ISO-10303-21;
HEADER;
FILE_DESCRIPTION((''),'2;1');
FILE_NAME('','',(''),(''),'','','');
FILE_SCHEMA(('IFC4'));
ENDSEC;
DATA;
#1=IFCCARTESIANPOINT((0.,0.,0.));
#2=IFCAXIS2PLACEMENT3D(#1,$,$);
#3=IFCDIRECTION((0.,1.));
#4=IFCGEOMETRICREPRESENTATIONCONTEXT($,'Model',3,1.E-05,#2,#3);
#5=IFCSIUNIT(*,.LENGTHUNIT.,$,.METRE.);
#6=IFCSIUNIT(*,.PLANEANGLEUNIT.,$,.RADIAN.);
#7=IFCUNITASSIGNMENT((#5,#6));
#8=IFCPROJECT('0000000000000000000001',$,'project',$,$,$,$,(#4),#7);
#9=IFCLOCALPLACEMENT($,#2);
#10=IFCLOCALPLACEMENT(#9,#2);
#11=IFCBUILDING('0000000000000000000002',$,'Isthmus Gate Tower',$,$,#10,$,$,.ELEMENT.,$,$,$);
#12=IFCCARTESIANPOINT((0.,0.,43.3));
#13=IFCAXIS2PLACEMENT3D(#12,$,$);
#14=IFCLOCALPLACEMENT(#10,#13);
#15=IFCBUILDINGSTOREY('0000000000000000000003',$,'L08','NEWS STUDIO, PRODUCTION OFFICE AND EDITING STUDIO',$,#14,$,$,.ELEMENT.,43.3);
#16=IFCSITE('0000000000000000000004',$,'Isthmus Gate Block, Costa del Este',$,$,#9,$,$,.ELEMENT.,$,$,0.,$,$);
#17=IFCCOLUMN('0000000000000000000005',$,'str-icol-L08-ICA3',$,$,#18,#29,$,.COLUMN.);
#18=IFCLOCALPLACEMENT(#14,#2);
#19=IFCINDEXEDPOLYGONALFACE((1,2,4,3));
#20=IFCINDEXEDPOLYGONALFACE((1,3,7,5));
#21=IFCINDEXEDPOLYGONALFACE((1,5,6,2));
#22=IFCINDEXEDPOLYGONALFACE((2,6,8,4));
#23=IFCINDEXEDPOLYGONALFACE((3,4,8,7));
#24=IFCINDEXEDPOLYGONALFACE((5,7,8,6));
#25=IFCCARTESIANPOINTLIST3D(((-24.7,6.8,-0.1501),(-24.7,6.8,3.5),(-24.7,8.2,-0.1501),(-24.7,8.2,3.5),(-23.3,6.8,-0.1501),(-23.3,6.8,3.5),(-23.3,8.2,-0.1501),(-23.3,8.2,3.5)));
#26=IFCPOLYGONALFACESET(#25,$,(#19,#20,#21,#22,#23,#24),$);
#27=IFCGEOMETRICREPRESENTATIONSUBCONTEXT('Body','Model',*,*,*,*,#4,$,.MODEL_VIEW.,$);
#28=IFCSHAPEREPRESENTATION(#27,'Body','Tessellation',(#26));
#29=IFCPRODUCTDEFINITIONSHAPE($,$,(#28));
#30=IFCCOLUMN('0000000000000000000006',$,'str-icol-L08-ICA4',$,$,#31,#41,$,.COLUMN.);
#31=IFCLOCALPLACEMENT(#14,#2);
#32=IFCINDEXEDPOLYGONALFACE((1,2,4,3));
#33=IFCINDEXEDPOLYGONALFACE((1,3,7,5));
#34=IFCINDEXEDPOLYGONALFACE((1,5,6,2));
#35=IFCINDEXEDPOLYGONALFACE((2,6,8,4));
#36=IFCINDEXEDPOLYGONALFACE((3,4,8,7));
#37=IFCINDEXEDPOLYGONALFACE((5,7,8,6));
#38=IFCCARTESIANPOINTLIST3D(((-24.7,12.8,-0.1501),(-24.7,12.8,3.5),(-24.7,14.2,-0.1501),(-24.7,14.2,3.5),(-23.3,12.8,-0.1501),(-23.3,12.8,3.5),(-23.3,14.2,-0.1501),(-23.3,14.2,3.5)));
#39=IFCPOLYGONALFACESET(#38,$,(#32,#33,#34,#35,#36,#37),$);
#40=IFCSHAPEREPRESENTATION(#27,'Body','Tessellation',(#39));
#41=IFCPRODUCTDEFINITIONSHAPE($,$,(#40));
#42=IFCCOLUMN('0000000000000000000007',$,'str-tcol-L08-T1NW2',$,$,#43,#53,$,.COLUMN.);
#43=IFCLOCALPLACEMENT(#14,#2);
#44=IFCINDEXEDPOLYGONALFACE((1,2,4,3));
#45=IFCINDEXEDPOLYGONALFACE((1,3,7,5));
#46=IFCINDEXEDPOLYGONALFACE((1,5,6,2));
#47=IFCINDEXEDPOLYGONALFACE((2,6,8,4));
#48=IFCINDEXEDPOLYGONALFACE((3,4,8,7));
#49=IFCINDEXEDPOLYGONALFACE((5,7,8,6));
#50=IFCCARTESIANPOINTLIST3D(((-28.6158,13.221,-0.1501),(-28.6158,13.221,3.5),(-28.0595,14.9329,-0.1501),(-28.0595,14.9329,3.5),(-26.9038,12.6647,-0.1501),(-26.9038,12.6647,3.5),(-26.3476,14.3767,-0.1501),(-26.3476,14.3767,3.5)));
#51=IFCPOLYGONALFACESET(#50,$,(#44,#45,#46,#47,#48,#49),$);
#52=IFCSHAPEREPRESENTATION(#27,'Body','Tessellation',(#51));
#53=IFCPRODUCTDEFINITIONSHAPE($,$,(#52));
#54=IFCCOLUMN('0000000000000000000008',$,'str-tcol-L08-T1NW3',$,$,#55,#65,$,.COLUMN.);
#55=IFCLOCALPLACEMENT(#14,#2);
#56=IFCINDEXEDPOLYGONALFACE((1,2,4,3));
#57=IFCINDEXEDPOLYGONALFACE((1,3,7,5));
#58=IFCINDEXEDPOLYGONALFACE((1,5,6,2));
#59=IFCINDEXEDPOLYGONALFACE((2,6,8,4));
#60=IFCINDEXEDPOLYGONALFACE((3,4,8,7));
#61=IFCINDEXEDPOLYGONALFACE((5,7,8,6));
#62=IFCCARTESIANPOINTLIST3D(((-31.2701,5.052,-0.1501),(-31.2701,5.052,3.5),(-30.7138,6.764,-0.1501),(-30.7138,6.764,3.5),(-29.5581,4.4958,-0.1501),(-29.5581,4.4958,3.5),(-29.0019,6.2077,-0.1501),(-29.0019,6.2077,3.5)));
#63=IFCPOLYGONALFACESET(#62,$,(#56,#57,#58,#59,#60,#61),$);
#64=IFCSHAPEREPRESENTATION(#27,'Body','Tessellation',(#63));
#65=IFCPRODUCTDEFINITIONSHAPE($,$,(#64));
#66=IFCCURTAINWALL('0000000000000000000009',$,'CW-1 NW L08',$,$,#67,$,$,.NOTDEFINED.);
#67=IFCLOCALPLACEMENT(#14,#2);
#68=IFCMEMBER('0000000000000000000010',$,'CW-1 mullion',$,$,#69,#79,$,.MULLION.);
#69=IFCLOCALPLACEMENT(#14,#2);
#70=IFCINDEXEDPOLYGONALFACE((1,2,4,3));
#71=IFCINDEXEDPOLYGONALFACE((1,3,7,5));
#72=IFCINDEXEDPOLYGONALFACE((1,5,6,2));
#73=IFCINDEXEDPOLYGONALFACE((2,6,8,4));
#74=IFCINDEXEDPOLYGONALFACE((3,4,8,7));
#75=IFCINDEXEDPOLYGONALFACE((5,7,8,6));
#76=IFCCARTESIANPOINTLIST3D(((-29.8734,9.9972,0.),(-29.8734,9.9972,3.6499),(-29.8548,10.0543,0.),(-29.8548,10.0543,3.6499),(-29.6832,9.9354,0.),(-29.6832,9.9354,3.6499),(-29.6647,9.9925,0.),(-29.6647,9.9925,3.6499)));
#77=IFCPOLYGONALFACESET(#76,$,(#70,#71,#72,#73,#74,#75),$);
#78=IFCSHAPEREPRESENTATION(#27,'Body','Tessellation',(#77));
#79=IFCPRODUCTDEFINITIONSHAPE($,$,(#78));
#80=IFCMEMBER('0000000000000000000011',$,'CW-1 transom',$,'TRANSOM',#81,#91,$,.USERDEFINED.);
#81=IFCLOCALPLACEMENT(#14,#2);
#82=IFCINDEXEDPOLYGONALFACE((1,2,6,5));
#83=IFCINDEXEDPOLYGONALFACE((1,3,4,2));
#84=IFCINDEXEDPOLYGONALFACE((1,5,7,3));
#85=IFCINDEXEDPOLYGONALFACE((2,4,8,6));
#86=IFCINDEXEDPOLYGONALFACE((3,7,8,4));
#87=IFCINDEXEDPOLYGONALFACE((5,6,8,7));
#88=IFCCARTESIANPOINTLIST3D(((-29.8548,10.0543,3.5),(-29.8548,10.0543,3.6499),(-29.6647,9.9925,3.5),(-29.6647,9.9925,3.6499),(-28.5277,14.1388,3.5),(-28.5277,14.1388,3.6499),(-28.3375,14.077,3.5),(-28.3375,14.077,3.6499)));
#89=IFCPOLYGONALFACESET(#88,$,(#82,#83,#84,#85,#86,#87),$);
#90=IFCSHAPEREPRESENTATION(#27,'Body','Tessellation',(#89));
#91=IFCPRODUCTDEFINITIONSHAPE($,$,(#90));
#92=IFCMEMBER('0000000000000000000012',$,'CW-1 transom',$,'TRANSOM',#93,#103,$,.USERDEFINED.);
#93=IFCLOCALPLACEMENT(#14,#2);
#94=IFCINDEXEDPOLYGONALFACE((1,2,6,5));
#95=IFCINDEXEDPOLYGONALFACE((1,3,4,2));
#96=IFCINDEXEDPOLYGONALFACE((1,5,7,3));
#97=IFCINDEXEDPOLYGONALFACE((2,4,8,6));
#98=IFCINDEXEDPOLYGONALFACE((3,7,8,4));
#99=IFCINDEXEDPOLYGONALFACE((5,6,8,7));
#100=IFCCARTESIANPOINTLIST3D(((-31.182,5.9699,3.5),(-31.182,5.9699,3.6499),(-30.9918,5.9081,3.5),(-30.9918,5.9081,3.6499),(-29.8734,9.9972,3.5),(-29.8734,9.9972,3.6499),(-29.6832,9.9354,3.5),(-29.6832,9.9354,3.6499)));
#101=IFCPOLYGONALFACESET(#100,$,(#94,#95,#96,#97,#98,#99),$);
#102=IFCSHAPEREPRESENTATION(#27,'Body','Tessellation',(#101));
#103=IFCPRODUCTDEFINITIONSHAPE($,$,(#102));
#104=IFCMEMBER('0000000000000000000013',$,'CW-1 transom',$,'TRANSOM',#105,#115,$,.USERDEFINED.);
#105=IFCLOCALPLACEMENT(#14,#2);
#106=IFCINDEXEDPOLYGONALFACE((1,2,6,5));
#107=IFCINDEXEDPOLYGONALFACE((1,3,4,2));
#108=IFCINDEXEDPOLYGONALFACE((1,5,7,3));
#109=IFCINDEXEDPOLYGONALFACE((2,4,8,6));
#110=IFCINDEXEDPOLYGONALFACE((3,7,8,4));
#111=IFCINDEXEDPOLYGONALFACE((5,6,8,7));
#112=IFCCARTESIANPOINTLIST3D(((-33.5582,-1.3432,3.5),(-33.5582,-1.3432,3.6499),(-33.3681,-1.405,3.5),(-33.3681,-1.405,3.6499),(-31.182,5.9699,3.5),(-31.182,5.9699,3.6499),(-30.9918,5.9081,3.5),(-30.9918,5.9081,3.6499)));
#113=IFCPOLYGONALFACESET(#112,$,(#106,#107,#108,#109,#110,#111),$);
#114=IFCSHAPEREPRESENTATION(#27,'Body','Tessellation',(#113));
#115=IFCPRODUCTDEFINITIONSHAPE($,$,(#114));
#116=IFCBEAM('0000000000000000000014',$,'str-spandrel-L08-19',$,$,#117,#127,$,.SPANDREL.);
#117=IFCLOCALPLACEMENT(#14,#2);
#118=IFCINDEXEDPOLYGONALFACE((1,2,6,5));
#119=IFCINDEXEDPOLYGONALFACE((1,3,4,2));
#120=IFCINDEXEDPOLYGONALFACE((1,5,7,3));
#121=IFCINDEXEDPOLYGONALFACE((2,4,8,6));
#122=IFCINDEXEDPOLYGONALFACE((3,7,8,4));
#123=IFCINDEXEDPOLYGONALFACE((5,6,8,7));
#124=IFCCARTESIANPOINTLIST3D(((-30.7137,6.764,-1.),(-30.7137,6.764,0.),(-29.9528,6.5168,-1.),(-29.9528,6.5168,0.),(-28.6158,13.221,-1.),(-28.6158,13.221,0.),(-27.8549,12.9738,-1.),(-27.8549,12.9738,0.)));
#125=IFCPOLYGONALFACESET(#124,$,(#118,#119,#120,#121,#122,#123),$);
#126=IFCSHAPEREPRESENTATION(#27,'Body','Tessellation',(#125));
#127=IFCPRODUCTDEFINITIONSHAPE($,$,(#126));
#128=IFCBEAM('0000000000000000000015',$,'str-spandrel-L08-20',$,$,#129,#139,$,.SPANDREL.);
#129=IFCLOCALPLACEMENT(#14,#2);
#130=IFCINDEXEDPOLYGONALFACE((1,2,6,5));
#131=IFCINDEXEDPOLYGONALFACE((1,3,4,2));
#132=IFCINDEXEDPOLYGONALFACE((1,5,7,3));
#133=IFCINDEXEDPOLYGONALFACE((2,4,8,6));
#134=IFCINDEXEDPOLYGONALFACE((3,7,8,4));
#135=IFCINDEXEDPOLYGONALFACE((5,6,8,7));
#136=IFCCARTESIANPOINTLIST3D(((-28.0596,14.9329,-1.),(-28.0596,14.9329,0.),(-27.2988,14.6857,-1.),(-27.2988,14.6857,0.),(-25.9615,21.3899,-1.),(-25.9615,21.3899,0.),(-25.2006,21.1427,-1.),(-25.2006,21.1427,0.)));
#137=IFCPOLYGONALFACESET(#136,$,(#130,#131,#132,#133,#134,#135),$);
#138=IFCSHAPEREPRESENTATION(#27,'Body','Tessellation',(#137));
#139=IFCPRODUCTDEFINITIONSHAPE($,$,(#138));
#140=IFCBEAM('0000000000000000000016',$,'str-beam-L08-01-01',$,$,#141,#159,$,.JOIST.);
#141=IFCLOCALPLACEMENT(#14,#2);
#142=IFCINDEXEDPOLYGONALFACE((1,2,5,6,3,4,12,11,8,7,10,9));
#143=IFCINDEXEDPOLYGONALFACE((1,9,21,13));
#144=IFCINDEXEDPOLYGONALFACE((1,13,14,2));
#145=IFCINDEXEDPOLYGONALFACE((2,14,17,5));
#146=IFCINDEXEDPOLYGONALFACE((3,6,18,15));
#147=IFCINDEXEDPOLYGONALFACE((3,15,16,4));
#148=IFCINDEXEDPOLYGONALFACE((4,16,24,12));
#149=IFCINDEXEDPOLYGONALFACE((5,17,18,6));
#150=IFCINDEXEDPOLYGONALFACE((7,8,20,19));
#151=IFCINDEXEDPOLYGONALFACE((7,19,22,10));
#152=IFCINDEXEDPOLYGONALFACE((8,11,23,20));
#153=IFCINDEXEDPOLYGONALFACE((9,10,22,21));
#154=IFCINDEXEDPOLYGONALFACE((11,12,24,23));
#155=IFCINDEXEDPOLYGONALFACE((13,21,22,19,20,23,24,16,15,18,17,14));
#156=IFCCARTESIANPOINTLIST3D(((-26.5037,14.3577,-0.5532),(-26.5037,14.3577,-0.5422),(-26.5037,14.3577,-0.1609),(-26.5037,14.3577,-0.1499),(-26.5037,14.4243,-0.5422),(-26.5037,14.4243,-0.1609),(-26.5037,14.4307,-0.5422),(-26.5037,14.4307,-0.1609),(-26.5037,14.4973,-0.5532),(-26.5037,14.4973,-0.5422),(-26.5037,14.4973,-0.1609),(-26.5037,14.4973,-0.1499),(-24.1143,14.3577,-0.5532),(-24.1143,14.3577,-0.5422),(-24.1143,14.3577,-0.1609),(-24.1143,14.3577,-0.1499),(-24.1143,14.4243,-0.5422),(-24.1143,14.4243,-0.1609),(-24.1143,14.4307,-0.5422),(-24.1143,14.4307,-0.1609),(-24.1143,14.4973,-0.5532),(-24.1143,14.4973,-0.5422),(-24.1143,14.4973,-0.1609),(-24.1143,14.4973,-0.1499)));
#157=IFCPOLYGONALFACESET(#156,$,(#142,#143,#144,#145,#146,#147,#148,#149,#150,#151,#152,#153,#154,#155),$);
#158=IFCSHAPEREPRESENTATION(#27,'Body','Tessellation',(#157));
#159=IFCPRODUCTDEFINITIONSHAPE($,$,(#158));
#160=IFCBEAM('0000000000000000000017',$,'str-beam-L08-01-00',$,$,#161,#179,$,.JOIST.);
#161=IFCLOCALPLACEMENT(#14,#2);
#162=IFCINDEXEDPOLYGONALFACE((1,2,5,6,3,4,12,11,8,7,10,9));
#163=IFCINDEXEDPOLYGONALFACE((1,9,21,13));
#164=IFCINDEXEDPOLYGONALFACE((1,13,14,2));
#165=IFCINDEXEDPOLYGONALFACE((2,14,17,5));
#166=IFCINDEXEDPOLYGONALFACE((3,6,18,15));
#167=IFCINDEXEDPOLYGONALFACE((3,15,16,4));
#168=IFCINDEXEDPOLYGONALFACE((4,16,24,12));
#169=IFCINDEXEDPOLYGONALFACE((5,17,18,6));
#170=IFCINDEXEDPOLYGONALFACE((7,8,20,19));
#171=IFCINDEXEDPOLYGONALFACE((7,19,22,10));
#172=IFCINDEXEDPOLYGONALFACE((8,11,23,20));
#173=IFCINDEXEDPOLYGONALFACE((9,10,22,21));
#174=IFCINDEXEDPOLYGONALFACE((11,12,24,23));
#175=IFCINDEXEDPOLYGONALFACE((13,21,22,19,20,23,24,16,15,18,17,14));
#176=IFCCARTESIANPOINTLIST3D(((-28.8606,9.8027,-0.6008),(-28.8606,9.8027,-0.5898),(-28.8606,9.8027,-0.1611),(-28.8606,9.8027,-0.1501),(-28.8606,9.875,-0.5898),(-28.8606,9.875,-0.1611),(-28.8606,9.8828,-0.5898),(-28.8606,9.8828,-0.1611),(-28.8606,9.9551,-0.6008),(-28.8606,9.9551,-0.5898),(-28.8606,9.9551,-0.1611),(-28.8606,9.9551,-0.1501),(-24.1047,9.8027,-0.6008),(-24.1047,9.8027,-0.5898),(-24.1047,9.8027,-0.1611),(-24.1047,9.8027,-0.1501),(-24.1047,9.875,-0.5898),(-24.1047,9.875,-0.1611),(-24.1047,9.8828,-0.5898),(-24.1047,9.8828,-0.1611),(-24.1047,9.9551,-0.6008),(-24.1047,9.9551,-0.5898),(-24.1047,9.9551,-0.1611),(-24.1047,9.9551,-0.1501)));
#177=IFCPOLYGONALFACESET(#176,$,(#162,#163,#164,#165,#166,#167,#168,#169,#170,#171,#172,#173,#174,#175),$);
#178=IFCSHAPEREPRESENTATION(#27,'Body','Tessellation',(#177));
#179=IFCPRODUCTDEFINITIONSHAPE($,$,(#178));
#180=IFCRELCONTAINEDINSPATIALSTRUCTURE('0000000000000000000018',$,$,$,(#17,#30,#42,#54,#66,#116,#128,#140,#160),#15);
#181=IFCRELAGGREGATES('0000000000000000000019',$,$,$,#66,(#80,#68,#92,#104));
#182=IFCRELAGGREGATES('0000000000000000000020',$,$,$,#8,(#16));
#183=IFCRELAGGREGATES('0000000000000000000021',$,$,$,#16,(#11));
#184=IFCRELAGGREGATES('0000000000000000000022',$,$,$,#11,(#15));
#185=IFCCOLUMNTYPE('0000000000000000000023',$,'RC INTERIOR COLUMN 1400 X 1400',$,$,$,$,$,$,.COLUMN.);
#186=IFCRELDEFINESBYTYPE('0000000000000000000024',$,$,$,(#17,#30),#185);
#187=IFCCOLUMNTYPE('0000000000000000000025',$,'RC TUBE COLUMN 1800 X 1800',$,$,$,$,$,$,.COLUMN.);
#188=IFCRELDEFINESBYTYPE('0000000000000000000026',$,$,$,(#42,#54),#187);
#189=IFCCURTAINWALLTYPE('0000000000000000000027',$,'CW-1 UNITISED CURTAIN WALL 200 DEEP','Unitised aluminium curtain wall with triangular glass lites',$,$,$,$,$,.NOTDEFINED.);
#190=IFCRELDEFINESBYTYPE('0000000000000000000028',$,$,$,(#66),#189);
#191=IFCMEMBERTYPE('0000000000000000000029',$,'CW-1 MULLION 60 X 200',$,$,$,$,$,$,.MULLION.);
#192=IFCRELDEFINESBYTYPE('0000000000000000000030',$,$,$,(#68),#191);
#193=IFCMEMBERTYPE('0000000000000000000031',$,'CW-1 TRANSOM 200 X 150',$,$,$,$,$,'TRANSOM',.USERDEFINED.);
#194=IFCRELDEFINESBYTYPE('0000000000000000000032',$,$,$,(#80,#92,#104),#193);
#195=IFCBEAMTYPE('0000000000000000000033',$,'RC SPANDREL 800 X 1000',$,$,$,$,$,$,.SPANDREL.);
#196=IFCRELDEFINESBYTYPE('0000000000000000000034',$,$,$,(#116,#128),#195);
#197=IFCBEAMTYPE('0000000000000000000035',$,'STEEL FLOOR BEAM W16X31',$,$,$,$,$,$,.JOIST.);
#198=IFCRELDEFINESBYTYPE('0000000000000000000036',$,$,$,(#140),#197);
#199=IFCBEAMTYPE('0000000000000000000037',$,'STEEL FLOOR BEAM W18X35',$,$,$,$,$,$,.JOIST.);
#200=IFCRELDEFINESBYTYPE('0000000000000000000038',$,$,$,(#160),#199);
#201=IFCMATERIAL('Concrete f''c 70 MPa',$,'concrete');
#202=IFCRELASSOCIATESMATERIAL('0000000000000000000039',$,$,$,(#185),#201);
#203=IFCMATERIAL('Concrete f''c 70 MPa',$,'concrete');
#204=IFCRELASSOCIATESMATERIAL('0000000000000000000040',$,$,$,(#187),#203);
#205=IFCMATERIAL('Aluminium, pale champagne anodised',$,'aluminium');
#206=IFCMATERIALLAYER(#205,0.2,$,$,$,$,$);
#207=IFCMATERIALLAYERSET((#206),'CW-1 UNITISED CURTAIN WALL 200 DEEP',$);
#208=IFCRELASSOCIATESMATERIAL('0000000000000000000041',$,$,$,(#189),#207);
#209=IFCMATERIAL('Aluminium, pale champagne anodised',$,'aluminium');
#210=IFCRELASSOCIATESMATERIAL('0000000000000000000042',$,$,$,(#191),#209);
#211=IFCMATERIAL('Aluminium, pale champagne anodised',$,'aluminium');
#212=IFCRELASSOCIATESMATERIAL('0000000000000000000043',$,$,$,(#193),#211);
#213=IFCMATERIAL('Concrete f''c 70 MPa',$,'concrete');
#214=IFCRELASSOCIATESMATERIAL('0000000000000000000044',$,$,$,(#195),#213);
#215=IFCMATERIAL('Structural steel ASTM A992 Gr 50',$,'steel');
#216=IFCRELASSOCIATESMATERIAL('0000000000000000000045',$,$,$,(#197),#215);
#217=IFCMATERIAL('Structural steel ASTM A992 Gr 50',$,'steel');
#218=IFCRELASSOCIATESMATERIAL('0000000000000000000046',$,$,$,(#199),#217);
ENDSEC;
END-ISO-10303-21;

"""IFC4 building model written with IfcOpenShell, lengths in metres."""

from ifc_helpers import new_model, si_unit, direction, frame, origin, origin_2d, place, context, subcontext, project, spatial, rectangle, i_section, extrude, material, layer, layer_set, material_profile, profile_set, type_object, element, aggregate, save


model = new_model("IFC4")

# Units and contexts
model_context = context("Model", 3, precision=1e-05, world=origin(), true_north=direction((0.0, 1.0)))
body_context = subcontext(model_context, "Body", "Model", "MODEL_VIEW")
ifc_project = project(units=[si_unit("LENGTHUNIT", "METRE"), si_unit("PLANEANGLEUNIT", "RADIAN")], contexts=[model_context])

# Site, building, storey
site_placement = place(None, origin())
site = spatial("IfcSite", under=ifc_project, at=site_placement, Name="Isthmus Gate Block, Costa del Este", CompositionType="ELEMENT", RefElevation=0.0)
building_placement = place(site_placement, origin())
building = spatial("IfcBuilding", under=site, at=building_placement, Name="Isthmus Gate Tower", CompositionType="ELEMENT")
storey_placement = place(building_placement, frame((0.0, 0.0, 43.3)))
storey = spatial("IfcBuildingStorey", under=building, at=storey_placement, Name="L08", Description="NEWS STUDIO, PRODUCTION OFFICE AND EDITING STUDIO", CompositionType="ELEMENT", Elevation=43.3)

# Columns
ifc_material_1 = material(Name="Concrete f'c 70 MPa", Category="concrete")
ifc_material_profile_1 = material_profile(ifc_material_1, rectangle(XDim=1.3999, YDim=1.3999, at=origin_2d()), Name="RC 1400X1400")
ifc_profile_set_1 = profile_set([ifc_material_profile_1], Name="Concrete f'c 70 MPa")
column_type_1 = type_object("IfcColumnType", Name="RC INTERIOR COLUMN 1400 X 1400", PredefinedType="COLUMN", material=ifc_profile_set_1)
for number, where, z_axis, x_axis, name in (
    (1, (-24.0, 7.5, -0.1501), (0.0, 0.0, 1.0), (1.0, 0.0, 0.0), "str-icol-L08-ICA3"),
    (2, (-24.0, 13.5, -0.1501), (0.0, 0.0, 1.0), (1.0, 0.0, 0.0), "str-icol-L08-ICA4"),
):
    element("IfcColumn", number, at=place(storey_placement, frame(where, z_axis=z_axis, x_axis=x_axis)), inside=storey, type_object=column_type_1, Name=name, PredefinedType="COLUMN", context=body_context, shape_type="SweptSolid", body=[
        extrude(rectangle(XDim=1.3999, YDim=1.3999, at=origin_2d()), origin(), (0.0, 0.0, 1.0), 3.6501),
    ])
ifc_material_2 = material(Name="Concrete f'c 70 MPa", Category="concrete")
ifc_material_profile_2 = material_profile(ifc_material_2, rectangle(XDim=1.8, YDim=1.8, at=origin_2d()), Name="RC 1800X1800")
ifc_profile_set_2 = profile_set([ifc_material_profile_2], Name="Concrete f'c 70 MPa")
column_type_2 = type_object("IfcColumnType", Name="RC TUBE COLUMN 1800 X 1800", PredefinedType="COLUMN", material=ifc_profile_set_2)
for number, where, z_axis, x_axis, name in (
    (3, (-27.4817, 13.7988, -0.1501), (0.0, 0.0, 1.0), (-0.309017, -0.951057, 0.0), "str-tcol-L08-T1NW2"),
    (4, (-30.136, 5.6299, -0.1501), (0.0, 0.0, 1.0), (-0.309017, -0.951057, 0.0), "str-tcol-L08-T1NW3"),
):
    element("IfcColumn", number, at=place(storey_placement, frame(where, z_axis=z_axis, x_axis=x_axis)), inside=storey, type_object=column_type_2, Name=name, PredefinedType="COLUMN", context=body_context, shape_type="SweptSolid", body=[
        extrude(rectangle(XDim=1.8, YDim=1.8, at=origin_2d()), origin(), (0.0, 0.0, 1.0), 3.6501),
    ])

# Curtain wall, members
ifc_material_3 = material(Name="Aluminium, pale champagne anodised", Category="aluminium")
ifc_layer_1 = layer(ifc_material_3, 0.2)
ifc_layer_set_1 = layer_set([ifc_layer_1], Name="CW-1 UNITISED CURTAIN WALL 200 DEEP")
curtain_wall_type = type_object("IfcCurtainWallType", Name="CW-1 UNITISED CURTAIN WALL 200 DEEP", Description="Unitised aluminium curtain wall with triangular glass lites", PredefinedType="NOTDEFINED", material=ifc_layer_set_1)
curtain_wall_placement = place(storey_placement, origin())
curtain_wall = element("IfcCurtainWall", 5, at=curtain_wall_placement, inside=storey, type_object=curtain_wall_type, Name="CW-1 NW L08", PredefinedType="NOTDEFINED")
ifc_material_4 = material(Name="Aluminium, pale champagne anodised", Category="aluminium")
ifc_material_profile_3 = material_profile(ifc_material_4, rectangle(XDim=0.0601, YDim=0.2, at=origin_2d()), Name="60x200")
ifc_profile_set_3 = profile_set([ifc_material_profile_3], Name="Aluminium, pale champagne anodised")
member_type_1 = type_object("IfcMemberType", Name="CW-1 MULLION 60 X 200", PredefinedType="MULLION", material=ifc_profile_set_3)
member_1_placement = place(storey_placement, frame((-29.769, 9.9949, 0.0), z_axis=(0.0, 0.0, 1.0), x_axis=(-0.309017, -0.951057, 0.0)))
member_1 = element("IfcMember", 6, at=member_1_placement, type_object=member_type_1, Name="CW-1 mullion", PredefinedType="MULLION", context=body_context, shape_type="SweptSolid", body=[
    extrude(rectangle(XDim=0.0601, YDim=0.2, at=origin_2d()), origin(), (0.0, 0.0, 1.0), 3.6499),
])
ifc_material_5 = material(Name="Aluminium, pale champagne anodised", Category="aluminium")
ifc_material_profile_4 = material_profile(ifc_material_5, rectangle(XDim=0.2, YDim=0.1499, at=origin_2d()), Name="200x150")
ifc_profile_set_4 = profile_set([ifc_material_profile_4], Name="Aluminium, pale champagne anodised")
member_type_2 = type_object("IfcMemberType", Name="CW-1 TRANSOM 200 X 150", ElementType="TRANSOM", PredefinedType="USERDEFINED", material=ifc_profile_set_4)
member_2_placement = place(storey_placement, frame((-28.4326, 14.1079, 3.575), z_axis=(-0.309022, -0.951055, 0.0), x_axis=(0.951055, -0.309022, 0.0)))
member_2 = element("IfcMember", 7, at=member_2_placement, type_object=member_type_2, Name="CW-1 transom", ObjectType="TRANSOM", PredefinedType="USERDEFINED", context=body_context, shape_type="SweptSolid", body=[
    extrude(rectangle(XDim=0.2, YDim=0.1499, at=origin_2d()), origin(), (0.0, 0.0, 1.0), 4.2947),
])
member_3_placement = place(storey_placement, frame((-29.7783, 9.9663, 3.575), z_axis=(-0.309023, -0.951054, 0.0), x_axis=(0.951054, -0.309023, 0.0)))
member_3 = element("IfcMember", 8, at=member_3_placement, type_object=member_type_2, Name="CW-1 transom", ObjectType="TRANSOM", PredefinedType="USERDEFINED", context=body_context, shape_type="SweptSolid", body=[
    extrude(rectangle(XDim=0.2, YDim=0.1499, at=origin_2d()), origin(), (0.0, 0.0, 1.0), 4.2346),
])
member_4_placement = place(storey_placement, frame((-31.0869, 5.939, 3.575), z_axis=(-0.309027, -0.951053, 0.0), x_axis=(0.951053, -0.309027, 0.0)))
member_4 = element("IfcMember", 9, at=member_4_placement, type_object=member_type_2, Name="CW-1 transom", ObjectType="TRANSOM", PredefinedType="USERDEFINED", context=body_context, shape_type="SweptSolid", body=[
    extrude(rectangle(XDim=0.2, YDim=0.1499, at=origin_2d()), origin(), (0.0, 0.0, 1.0), 7.6895),
])

# Beams
ifc_material_6 = material(Name="Concrete f'c 70 MPa", Category="concrete")
ifc_material_profile_5 = material_profile(ifc_material_6, rectangle(XDim=0.8, YDim=1.0, at=origin_2d()), Name="RC 800X1000")
ifc_profile_set_5 = profile_set([ifc_material_profile_5], Name="Concrete f'c 70 MPa")
beam_type_1 = type_object("IfcBeamType", Name="RC SPANDREL 800 X 1000", PredefinedType="SPANDREL", material=ifc_profile_set_5)
for number, where, z_axis, x_axis, name in (
    (10, (-30.3333, 6.6404, -0.5), (0.309002, 0.951062, 0.0), (-0.951062, 0.309002, 0.0), "str-spandrel-L08-19"),
    (11, (-27.6792, 14.8093, -0.5), (0.309034, 0.951051, 0.0), (-0.951051, 0.309034, 0.0), "str-spandrel-L08-20"),
):
    element("IfcBeam", number, at=place(storey_placement, frame(where, z_axis=z_axis, x_axis=x_axis)), inside=storey, type_object=beam_type_1, Name=name, PredefinedType="SPANDREL", context=body_context, shape_type="SweptSolid", body=[
        extrude(rectangle(XDim=0.8, YDim=1.0, at=origin_2d()), origin(), (0.0, 0.0, 1.0), 6.7893),
    ])
ifc_material_7 = material(Name="Structural steel ASTM A992 Gr 50", Category="steel")
ifc_material_profile_6 = material_profile(ifc_material_7, i_section(OverallWidth=0.1396, OverallDepth=0.4033, WebThickness=0.0063, FlangeThickness=0.011, at=origin_2d()), Name="W16X31")
ifc_profile_set_6 = profile_set([ifc_material_profile_6], Name="Structural steel ASTM A992 Gr 50")
beam_type_2 = type_object("IfcBeamType", Name="STEEL FLOOR BEAM W16X31", PredefinedType="JOIST", material=ifc_profile_set_6)
beam_1_placement = place(storey_placement, frame((-26.5037, 14.4275, -0.3516), z_axis=(1.0, 0.0, 0.0), x_axis=(0.0, 1.0, 0.0)))
element("IfcBeam", 12, at=beam_1_placement, inside=storey, type_object=beam_type_2, Name="str-beam-L08-01-01", PredefinedType="JOIST", context=body_context, shape_type="SweptSolid", body=[
    extrude(i_section(OverallWidth=0.1396, OverallDepth=0.4033, WebThickness=0.0063, FlangeThickness=0.011, at=origin_2d()), origin(), (0.0, 0.0, 1.0), 2.3894),
])
ifc_material_8 = material(Name="Structural steel ASTM A992 Gr 50", Category="steel")
ifc_material_profile_7 = material_profile(ifc_material_8, i_section(OverallWidth=0.1523, OverallDepth=0.4507, WebThickness=0.0078, FlangeThickness=0.011, at=origin_2d()), Name="W18X35")
ifc_profile_set_7 = profile_set([ifc_material_profile_7], Name="Structural steel ASTM A992 Gr 50")
beam_type_3 = type_object("IfcBeamType", Name="STEEL FLOOR BEAM W18X35", PredefinedType="JOIST", material=ifc_profile_set_7)
beam_2_placement = place(storey_placement, frame((-28.8606, 9.8789, -0.3755), z_axis=(1.0, 0.0, 0.0), x_axis=(0.0, 1.0, 0.0)))
element("IfcBeam", 13, at=beam_2_placement, inside=storey, type_object=beam_type_3, Name="str-beam-L08-01-00", PredefinedType="JOIST", context=body_context, shape_type="SweptSolid", body=[
    extrude(i_section(OverallWidth=0.1523, OverallDepth=0.4507, WebThickness=0.0078, FlangeThickness=0.011, at=origin_2d()), origin(), (0.0, 0.0, 1.0), 4.7559),
])

aggregate(curtain_wall, [member_2, member_1, member_3, member_4])

save(model, "model.ifc")
